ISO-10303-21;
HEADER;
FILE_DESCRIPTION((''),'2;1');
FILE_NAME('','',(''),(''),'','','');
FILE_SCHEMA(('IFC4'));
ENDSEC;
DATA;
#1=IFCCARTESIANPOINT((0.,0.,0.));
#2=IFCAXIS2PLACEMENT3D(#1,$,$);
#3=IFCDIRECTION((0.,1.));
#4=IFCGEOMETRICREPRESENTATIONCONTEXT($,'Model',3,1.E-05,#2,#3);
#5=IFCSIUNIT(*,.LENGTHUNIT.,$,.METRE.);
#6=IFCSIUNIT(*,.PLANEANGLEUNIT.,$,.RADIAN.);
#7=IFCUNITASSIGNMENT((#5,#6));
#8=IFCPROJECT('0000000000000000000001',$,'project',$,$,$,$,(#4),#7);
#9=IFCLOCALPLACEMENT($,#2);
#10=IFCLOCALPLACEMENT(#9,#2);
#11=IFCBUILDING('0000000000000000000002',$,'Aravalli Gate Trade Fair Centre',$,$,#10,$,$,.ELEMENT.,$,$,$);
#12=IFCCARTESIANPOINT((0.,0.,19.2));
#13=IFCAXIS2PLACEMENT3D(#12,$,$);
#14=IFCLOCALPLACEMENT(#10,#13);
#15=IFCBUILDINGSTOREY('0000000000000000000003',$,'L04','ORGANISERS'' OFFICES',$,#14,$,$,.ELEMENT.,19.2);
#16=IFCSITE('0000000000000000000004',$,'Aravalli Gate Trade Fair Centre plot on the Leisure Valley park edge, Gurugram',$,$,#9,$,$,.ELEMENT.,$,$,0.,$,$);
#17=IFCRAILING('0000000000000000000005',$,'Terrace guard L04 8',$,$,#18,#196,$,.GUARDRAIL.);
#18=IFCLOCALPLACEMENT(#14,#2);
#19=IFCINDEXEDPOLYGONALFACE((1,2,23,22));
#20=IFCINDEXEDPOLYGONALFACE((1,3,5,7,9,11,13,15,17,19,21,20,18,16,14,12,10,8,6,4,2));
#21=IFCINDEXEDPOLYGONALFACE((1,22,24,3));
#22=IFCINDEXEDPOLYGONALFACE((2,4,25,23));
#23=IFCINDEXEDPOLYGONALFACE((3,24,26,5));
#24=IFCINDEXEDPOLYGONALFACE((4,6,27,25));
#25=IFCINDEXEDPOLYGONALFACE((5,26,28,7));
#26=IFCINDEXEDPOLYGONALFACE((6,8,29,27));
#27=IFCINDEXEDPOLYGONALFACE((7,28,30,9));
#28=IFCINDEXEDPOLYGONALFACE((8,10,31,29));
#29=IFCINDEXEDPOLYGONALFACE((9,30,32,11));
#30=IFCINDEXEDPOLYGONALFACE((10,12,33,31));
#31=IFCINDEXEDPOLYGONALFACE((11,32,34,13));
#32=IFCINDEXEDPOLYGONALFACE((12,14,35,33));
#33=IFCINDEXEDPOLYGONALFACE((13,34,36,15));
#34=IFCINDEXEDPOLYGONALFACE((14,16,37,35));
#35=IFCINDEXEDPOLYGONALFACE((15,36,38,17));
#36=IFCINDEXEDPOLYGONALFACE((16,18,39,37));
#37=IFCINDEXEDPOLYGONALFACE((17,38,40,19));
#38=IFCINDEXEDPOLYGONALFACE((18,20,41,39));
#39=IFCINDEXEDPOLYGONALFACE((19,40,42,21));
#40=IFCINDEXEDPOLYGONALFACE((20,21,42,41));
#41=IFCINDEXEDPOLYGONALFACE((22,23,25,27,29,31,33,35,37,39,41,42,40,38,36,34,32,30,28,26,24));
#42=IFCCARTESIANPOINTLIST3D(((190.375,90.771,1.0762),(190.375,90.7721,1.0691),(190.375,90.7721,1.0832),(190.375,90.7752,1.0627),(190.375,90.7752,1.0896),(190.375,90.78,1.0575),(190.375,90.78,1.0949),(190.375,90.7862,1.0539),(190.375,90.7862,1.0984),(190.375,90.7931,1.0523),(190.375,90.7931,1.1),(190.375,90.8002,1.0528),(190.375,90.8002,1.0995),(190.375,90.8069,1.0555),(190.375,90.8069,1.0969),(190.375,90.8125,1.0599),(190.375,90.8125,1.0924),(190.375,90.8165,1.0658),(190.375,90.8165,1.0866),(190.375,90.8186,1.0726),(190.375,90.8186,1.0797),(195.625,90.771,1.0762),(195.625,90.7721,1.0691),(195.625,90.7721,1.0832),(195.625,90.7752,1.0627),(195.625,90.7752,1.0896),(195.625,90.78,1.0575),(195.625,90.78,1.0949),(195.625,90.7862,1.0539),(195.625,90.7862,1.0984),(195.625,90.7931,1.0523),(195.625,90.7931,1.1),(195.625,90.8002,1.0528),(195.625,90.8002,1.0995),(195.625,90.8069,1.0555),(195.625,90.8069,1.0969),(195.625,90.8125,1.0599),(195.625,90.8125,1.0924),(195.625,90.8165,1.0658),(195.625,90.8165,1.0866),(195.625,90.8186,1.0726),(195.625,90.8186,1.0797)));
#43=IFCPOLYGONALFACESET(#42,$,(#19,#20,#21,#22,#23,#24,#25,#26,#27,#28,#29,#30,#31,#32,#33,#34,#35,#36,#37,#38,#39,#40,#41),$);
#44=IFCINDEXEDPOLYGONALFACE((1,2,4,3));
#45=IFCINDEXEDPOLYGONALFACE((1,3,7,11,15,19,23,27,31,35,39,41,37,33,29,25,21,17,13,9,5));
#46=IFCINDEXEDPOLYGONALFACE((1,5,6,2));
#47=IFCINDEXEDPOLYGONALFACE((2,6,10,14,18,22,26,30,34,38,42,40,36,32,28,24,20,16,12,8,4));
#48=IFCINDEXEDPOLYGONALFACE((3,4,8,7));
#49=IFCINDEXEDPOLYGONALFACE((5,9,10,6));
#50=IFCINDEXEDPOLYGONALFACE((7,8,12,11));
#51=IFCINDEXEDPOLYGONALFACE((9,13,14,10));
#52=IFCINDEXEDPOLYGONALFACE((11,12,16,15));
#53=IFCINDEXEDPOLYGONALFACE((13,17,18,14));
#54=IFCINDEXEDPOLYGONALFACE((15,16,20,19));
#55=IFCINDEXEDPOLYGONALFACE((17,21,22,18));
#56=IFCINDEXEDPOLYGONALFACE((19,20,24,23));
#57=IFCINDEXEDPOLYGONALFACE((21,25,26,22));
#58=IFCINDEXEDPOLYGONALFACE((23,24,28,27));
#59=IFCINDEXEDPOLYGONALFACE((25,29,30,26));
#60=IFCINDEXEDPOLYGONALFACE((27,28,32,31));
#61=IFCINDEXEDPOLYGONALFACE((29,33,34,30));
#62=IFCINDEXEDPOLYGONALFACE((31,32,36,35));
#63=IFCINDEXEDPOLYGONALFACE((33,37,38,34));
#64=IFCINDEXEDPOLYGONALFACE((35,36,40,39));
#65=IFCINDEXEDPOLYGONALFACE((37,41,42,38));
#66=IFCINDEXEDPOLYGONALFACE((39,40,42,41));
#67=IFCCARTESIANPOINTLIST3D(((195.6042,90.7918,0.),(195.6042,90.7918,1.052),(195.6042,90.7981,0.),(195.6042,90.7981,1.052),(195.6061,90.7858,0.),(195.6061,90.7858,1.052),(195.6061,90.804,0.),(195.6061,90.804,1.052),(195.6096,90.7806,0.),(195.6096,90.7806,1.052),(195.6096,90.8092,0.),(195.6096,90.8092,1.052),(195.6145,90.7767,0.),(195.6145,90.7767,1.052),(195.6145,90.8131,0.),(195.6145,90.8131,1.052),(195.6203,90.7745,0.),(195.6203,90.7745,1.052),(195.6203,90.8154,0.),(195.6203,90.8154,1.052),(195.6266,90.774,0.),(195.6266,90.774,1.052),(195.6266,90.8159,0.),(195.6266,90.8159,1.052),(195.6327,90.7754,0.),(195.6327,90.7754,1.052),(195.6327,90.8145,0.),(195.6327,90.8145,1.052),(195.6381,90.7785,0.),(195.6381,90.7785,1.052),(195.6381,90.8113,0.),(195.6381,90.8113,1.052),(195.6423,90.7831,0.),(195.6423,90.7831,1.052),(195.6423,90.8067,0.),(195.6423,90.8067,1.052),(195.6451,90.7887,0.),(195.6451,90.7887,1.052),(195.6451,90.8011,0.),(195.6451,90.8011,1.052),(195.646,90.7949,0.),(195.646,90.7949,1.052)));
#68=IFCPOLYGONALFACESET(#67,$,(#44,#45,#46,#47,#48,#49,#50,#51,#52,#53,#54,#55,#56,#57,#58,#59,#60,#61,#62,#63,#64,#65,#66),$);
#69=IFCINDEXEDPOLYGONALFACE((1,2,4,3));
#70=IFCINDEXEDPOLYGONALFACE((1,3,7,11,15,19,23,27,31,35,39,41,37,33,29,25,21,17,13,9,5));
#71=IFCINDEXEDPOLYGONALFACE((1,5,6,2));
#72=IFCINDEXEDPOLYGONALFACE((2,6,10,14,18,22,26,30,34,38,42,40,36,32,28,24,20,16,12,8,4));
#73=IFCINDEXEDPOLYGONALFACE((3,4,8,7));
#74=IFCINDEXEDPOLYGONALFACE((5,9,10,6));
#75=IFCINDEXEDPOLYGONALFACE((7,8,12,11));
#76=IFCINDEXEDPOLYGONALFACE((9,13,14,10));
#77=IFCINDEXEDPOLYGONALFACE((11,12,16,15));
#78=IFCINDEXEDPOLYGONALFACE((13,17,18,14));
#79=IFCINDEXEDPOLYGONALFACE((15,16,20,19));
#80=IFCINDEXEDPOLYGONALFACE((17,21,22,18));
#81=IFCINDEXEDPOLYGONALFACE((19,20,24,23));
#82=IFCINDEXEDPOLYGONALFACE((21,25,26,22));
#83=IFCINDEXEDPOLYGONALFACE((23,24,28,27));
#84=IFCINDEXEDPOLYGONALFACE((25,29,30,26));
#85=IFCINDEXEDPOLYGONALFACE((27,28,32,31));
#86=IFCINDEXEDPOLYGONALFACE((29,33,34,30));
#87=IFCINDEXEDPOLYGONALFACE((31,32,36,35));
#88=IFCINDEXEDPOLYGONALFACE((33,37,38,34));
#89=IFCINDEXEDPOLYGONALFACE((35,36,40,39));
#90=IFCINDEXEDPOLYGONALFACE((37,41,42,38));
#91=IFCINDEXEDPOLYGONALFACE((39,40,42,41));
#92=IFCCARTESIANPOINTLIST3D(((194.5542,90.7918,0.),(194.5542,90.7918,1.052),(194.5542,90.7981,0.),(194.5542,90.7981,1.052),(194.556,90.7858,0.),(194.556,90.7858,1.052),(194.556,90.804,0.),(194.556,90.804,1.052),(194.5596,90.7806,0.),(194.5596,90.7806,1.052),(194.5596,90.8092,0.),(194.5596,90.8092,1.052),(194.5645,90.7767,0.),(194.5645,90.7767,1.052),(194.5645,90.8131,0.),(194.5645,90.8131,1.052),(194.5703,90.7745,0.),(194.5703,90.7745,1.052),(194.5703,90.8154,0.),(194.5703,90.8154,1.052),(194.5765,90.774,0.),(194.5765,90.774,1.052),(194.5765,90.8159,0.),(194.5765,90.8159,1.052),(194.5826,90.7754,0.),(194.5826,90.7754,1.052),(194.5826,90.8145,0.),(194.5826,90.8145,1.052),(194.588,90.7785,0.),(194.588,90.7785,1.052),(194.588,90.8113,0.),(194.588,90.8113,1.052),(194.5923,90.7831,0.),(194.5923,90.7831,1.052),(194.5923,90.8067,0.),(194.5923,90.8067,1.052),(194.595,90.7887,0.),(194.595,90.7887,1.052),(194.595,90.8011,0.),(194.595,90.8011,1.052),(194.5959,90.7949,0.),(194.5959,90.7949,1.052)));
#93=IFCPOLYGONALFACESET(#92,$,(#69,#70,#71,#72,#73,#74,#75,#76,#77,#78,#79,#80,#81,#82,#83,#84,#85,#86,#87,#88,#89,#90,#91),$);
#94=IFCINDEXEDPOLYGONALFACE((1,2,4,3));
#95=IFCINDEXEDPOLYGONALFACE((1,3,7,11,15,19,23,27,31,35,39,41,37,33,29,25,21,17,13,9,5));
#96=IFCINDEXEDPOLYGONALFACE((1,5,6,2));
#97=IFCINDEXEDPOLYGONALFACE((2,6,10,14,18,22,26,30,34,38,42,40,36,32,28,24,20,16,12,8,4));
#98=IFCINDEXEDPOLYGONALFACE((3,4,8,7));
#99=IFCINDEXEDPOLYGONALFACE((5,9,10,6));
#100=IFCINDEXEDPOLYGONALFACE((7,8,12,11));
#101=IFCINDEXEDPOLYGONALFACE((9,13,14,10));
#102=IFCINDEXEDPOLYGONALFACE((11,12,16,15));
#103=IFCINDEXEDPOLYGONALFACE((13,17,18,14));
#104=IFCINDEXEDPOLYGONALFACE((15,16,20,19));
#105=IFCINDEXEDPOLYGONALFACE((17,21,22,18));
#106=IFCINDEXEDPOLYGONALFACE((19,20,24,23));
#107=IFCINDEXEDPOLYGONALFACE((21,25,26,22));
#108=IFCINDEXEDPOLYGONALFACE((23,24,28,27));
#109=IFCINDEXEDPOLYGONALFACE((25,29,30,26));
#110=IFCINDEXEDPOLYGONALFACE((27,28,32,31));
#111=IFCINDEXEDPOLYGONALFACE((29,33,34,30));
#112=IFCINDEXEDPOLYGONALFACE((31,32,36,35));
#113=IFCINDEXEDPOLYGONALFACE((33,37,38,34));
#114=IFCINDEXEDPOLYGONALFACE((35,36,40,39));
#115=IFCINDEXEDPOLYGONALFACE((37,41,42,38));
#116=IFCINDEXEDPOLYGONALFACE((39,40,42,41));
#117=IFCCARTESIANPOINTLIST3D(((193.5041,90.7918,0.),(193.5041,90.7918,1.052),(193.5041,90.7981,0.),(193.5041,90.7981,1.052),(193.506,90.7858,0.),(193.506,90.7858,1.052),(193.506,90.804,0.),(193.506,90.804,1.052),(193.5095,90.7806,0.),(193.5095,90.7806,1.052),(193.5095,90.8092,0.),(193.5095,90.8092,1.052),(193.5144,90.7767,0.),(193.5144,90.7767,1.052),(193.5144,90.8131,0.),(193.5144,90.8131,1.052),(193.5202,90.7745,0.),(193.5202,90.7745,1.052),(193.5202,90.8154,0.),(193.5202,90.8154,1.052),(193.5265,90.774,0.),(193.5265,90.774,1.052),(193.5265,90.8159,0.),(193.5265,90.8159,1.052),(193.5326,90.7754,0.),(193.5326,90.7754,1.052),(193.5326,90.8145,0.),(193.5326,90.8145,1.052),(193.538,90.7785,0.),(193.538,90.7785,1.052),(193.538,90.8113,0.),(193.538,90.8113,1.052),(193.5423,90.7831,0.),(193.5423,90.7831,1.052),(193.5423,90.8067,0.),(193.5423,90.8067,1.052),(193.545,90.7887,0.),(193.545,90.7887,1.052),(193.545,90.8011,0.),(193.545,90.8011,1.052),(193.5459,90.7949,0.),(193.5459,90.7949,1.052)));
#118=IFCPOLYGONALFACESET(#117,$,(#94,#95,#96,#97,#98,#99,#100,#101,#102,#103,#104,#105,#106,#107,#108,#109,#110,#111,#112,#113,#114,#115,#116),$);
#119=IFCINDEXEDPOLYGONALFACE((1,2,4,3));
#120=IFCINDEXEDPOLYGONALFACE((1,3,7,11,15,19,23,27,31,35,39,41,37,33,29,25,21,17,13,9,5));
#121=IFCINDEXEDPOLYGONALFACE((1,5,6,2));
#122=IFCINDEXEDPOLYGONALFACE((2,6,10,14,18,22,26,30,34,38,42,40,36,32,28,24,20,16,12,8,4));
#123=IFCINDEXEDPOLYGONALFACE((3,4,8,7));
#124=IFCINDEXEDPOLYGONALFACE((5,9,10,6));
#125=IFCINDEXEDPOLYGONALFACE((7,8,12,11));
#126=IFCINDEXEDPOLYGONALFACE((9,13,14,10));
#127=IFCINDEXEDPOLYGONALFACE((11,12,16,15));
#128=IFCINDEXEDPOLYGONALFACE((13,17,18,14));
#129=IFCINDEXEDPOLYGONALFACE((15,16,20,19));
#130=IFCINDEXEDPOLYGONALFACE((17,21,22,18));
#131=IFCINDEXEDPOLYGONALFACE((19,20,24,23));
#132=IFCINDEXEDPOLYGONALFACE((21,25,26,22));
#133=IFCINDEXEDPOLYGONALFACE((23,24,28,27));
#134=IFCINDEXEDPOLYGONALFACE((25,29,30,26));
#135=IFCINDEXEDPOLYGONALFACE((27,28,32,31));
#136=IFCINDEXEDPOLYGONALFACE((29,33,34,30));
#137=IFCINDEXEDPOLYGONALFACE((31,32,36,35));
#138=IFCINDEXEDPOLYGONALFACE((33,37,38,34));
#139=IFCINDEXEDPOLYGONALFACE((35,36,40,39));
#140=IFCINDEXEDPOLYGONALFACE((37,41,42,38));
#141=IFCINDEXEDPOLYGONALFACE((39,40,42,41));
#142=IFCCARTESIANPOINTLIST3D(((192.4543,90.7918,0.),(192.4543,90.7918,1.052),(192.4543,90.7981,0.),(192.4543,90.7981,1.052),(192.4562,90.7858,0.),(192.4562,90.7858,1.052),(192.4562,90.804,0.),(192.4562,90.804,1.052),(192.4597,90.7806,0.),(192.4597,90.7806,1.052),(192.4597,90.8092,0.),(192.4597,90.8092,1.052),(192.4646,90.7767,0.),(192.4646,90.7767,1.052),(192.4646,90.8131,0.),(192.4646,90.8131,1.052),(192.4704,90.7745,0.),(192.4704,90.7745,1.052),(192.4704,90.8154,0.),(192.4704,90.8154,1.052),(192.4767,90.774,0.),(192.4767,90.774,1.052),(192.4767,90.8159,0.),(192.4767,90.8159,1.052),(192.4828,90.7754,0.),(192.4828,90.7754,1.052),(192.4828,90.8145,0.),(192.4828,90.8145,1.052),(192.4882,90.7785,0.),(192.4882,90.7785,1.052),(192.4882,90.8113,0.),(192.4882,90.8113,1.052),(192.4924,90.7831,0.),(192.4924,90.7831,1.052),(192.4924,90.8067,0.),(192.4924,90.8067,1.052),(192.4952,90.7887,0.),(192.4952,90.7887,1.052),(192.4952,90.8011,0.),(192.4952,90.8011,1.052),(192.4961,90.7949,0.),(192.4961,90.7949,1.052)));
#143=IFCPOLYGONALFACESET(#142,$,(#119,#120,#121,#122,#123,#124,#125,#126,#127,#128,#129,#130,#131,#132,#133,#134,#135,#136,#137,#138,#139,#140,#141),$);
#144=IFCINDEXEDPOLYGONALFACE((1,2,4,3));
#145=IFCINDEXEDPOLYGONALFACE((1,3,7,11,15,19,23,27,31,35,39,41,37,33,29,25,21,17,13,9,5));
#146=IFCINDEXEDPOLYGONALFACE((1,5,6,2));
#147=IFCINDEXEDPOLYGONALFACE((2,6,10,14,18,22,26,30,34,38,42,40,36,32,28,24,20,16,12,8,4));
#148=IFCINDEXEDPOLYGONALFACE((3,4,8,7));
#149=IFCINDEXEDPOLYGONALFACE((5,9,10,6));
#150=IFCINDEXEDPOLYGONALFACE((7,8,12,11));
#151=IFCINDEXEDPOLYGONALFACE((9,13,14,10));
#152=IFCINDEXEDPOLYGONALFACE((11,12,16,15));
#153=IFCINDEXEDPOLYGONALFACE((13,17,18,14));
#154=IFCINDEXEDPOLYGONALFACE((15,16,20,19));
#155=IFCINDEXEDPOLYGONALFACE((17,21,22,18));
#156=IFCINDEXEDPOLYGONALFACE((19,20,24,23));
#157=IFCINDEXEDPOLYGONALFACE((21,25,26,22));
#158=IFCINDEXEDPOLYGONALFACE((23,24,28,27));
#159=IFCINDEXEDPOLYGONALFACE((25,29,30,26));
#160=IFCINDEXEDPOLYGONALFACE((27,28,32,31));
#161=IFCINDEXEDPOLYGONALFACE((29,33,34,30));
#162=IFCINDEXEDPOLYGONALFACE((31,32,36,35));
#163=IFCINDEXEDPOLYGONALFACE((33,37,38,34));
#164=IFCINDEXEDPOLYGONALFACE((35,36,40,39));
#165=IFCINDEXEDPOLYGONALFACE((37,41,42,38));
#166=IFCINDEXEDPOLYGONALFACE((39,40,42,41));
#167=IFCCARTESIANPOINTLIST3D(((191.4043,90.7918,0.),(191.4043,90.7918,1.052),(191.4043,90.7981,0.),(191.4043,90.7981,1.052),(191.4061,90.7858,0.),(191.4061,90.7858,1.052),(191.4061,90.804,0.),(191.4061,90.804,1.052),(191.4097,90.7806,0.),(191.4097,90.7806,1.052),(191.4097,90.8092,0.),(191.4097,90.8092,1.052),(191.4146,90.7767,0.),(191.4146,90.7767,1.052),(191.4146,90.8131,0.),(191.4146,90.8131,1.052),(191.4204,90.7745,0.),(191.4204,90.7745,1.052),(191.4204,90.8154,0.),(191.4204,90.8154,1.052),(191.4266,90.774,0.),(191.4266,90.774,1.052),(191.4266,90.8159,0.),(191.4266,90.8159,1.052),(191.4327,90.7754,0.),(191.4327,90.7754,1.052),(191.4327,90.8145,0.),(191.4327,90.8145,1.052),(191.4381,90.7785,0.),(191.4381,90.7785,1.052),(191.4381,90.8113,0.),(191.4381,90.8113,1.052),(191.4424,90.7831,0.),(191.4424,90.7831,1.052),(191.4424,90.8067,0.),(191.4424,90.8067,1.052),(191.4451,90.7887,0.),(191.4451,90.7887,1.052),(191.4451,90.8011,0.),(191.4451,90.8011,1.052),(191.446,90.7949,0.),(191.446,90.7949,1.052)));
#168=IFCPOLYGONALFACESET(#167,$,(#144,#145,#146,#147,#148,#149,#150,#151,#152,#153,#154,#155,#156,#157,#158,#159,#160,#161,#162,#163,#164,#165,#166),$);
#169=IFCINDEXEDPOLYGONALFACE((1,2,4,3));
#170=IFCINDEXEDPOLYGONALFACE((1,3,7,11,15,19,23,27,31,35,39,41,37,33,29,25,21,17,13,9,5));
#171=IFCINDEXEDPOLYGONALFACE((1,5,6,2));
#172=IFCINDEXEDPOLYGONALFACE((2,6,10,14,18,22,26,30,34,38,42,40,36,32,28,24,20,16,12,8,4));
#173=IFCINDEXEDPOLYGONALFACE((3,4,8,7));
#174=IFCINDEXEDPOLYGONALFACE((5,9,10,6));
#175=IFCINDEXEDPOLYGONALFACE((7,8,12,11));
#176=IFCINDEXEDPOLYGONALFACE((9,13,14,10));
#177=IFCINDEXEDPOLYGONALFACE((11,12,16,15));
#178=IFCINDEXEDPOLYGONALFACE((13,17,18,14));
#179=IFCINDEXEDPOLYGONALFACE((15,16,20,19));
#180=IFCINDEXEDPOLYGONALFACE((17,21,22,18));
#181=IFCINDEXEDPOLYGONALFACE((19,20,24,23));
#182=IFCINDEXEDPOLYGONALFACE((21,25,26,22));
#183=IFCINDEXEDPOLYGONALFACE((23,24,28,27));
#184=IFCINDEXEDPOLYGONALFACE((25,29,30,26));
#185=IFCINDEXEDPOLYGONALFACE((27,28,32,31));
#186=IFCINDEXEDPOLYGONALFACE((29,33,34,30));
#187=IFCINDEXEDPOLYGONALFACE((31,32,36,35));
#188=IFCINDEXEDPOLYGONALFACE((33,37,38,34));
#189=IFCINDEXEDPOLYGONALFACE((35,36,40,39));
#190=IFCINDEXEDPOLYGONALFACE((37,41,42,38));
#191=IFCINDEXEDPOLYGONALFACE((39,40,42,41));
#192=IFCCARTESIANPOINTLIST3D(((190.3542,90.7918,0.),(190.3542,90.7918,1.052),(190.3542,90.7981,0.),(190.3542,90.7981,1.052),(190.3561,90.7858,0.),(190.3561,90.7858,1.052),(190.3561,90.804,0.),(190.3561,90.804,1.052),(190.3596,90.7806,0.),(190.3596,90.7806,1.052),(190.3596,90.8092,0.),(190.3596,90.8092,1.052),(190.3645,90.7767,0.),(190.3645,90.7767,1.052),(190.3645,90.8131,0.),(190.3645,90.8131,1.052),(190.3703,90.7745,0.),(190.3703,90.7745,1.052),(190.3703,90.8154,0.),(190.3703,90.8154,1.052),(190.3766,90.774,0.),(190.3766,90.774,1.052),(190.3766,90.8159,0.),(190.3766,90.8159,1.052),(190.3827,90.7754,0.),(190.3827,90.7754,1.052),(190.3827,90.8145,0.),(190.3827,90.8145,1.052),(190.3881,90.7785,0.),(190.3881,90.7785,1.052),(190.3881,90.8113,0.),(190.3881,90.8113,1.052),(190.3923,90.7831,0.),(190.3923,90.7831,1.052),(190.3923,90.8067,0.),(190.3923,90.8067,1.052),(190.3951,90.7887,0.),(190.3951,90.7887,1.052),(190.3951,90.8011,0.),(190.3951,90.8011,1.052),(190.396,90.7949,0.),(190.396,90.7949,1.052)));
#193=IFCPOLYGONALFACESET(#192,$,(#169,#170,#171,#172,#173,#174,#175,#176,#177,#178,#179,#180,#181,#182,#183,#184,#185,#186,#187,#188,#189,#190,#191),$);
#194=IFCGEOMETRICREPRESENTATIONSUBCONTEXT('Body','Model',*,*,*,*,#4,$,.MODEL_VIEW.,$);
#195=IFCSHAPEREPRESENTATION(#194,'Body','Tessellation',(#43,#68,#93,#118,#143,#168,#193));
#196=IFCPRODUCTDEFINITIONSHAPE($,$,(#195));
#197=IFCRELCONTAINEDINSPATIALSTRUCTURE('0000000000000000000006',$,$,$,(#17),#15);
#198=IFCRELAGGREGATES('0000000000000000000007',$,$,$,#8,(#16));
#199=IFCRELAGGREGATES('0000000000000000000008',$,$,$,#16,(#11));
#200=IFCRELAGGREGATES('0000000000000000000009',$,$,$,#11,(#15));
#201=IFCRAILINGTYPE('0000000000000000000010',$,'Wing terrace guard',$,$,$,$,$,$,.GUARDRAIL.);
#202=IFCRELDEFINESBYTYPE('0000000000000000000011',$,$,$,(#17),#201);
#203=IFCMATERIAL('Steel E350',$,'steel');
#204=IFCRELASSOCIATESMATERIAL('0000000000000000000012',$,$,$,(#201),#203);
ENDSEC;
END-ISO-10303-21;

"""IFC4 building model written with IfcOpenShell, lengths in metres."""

from ifc_helpers import new_model, si_unit, direction, frame, origin, origin_2d, place, context, subcontext, project, spatial, circle, extrude, material, type_object, element, save


model = new_model("IFC4")

# Units and contexts
model_context = context("Model", 3, precision=1e-05, world=origin(), true_north=direction((0.0, 1.0)))
body_context = subcontext(model_context, "Body", "Model", "MODEL_VIEW")
ifc_project = project(units=[si_unit("LENGTHUNIT", "METRE"), si_unit("PLANEANGLEUNIT", "RADIAN")], contexts=[model_context])

# Site, building, storey
site_placement = place(None, origin())
site = spatial("IfcSite", under=ifc_project, at=site_placement, Name="Aravalli Gate Trade Fair Centre plot on the Leisure Valley park edge, Gurugram", CompositionType="ELEMENT", RefElevation=0.0)
building_placement = place(site_placement, origin())
building = spatial("IfcBuilding", under=site, at=building_placement, Name="Aravalli Gate Trade Fair Centre", CompositionType="ELEMENT")
storey_placement = place(building_placement, frame((0.0, 0.0, 19.2)))
storey = spatial("IfcBuildingStorey", under=building, at=storey_placement, Name="L04", Description="ORGANISERS' OFFICES", CompositionType="ELEMENT", Elevation=19.2)

# Railing
ifc_material_1 = material(Name="Steel E350", Category="steel")
railing_type = type_object("IfcRailingType", Name="Wing terrace guard", PredefinedType="GUARDRAIL", material=ifc_material_1)
railing_1_placement = place(storey_placement, frame((195.625, 90.7949, 0.0)))
element("IfcRailing", 1, at=railing_1_placement, inside=storey, type_object=railing_type, Name="Terrace guard L04 8", PredefinedType="GUARDRAIL", context=body_context, shape_type="SweptSolid", body=[
    extrude(circle(Radius=0.0239, at=origin_2d()), frame((0.0, 0.0, 1.0762), z_axis=(-1.0, 0.0, 0.0), x_axis=(0.0, -1.0, 0.0)), (0.0, 0.0, 1.0), 5.25),
    extrude(circle(Radius=0.021, at=origin_2d()), origin(), (0.0, 0.0, 1.0), 1.052),
    extrude(circle(Radius=0.021, at=origin_2d()), frame((-1.05, 0.0, 0.0)), (0.0, 0.0, 1.0), 1.052),
    extrude(circle(Radius=0.021, at=origin_2d()), frame((-2.1001, 0.0, 0.0)), (0.0, 0.0, 1.0), 1.052),
    extrude(circle(Radius=0.021, at=origin_2d()), frame((-3.1499, 0.0, 0.0)), (0.0, 0.0, 1.0), 1.052),
    extrude(circle(Radius=0.021, at=origin_2d()), frame((-4.2, 0.0, 0.0)), (0.0, 0.0, 1.0), 1.052),
    extrude(circle(Radius=0.021, at=origin_2d()), frame((-5.25, 0.0, 0.0)), (0.0, 0.0, 1.0), 1.052),
])

save(model, "model.ifc")
